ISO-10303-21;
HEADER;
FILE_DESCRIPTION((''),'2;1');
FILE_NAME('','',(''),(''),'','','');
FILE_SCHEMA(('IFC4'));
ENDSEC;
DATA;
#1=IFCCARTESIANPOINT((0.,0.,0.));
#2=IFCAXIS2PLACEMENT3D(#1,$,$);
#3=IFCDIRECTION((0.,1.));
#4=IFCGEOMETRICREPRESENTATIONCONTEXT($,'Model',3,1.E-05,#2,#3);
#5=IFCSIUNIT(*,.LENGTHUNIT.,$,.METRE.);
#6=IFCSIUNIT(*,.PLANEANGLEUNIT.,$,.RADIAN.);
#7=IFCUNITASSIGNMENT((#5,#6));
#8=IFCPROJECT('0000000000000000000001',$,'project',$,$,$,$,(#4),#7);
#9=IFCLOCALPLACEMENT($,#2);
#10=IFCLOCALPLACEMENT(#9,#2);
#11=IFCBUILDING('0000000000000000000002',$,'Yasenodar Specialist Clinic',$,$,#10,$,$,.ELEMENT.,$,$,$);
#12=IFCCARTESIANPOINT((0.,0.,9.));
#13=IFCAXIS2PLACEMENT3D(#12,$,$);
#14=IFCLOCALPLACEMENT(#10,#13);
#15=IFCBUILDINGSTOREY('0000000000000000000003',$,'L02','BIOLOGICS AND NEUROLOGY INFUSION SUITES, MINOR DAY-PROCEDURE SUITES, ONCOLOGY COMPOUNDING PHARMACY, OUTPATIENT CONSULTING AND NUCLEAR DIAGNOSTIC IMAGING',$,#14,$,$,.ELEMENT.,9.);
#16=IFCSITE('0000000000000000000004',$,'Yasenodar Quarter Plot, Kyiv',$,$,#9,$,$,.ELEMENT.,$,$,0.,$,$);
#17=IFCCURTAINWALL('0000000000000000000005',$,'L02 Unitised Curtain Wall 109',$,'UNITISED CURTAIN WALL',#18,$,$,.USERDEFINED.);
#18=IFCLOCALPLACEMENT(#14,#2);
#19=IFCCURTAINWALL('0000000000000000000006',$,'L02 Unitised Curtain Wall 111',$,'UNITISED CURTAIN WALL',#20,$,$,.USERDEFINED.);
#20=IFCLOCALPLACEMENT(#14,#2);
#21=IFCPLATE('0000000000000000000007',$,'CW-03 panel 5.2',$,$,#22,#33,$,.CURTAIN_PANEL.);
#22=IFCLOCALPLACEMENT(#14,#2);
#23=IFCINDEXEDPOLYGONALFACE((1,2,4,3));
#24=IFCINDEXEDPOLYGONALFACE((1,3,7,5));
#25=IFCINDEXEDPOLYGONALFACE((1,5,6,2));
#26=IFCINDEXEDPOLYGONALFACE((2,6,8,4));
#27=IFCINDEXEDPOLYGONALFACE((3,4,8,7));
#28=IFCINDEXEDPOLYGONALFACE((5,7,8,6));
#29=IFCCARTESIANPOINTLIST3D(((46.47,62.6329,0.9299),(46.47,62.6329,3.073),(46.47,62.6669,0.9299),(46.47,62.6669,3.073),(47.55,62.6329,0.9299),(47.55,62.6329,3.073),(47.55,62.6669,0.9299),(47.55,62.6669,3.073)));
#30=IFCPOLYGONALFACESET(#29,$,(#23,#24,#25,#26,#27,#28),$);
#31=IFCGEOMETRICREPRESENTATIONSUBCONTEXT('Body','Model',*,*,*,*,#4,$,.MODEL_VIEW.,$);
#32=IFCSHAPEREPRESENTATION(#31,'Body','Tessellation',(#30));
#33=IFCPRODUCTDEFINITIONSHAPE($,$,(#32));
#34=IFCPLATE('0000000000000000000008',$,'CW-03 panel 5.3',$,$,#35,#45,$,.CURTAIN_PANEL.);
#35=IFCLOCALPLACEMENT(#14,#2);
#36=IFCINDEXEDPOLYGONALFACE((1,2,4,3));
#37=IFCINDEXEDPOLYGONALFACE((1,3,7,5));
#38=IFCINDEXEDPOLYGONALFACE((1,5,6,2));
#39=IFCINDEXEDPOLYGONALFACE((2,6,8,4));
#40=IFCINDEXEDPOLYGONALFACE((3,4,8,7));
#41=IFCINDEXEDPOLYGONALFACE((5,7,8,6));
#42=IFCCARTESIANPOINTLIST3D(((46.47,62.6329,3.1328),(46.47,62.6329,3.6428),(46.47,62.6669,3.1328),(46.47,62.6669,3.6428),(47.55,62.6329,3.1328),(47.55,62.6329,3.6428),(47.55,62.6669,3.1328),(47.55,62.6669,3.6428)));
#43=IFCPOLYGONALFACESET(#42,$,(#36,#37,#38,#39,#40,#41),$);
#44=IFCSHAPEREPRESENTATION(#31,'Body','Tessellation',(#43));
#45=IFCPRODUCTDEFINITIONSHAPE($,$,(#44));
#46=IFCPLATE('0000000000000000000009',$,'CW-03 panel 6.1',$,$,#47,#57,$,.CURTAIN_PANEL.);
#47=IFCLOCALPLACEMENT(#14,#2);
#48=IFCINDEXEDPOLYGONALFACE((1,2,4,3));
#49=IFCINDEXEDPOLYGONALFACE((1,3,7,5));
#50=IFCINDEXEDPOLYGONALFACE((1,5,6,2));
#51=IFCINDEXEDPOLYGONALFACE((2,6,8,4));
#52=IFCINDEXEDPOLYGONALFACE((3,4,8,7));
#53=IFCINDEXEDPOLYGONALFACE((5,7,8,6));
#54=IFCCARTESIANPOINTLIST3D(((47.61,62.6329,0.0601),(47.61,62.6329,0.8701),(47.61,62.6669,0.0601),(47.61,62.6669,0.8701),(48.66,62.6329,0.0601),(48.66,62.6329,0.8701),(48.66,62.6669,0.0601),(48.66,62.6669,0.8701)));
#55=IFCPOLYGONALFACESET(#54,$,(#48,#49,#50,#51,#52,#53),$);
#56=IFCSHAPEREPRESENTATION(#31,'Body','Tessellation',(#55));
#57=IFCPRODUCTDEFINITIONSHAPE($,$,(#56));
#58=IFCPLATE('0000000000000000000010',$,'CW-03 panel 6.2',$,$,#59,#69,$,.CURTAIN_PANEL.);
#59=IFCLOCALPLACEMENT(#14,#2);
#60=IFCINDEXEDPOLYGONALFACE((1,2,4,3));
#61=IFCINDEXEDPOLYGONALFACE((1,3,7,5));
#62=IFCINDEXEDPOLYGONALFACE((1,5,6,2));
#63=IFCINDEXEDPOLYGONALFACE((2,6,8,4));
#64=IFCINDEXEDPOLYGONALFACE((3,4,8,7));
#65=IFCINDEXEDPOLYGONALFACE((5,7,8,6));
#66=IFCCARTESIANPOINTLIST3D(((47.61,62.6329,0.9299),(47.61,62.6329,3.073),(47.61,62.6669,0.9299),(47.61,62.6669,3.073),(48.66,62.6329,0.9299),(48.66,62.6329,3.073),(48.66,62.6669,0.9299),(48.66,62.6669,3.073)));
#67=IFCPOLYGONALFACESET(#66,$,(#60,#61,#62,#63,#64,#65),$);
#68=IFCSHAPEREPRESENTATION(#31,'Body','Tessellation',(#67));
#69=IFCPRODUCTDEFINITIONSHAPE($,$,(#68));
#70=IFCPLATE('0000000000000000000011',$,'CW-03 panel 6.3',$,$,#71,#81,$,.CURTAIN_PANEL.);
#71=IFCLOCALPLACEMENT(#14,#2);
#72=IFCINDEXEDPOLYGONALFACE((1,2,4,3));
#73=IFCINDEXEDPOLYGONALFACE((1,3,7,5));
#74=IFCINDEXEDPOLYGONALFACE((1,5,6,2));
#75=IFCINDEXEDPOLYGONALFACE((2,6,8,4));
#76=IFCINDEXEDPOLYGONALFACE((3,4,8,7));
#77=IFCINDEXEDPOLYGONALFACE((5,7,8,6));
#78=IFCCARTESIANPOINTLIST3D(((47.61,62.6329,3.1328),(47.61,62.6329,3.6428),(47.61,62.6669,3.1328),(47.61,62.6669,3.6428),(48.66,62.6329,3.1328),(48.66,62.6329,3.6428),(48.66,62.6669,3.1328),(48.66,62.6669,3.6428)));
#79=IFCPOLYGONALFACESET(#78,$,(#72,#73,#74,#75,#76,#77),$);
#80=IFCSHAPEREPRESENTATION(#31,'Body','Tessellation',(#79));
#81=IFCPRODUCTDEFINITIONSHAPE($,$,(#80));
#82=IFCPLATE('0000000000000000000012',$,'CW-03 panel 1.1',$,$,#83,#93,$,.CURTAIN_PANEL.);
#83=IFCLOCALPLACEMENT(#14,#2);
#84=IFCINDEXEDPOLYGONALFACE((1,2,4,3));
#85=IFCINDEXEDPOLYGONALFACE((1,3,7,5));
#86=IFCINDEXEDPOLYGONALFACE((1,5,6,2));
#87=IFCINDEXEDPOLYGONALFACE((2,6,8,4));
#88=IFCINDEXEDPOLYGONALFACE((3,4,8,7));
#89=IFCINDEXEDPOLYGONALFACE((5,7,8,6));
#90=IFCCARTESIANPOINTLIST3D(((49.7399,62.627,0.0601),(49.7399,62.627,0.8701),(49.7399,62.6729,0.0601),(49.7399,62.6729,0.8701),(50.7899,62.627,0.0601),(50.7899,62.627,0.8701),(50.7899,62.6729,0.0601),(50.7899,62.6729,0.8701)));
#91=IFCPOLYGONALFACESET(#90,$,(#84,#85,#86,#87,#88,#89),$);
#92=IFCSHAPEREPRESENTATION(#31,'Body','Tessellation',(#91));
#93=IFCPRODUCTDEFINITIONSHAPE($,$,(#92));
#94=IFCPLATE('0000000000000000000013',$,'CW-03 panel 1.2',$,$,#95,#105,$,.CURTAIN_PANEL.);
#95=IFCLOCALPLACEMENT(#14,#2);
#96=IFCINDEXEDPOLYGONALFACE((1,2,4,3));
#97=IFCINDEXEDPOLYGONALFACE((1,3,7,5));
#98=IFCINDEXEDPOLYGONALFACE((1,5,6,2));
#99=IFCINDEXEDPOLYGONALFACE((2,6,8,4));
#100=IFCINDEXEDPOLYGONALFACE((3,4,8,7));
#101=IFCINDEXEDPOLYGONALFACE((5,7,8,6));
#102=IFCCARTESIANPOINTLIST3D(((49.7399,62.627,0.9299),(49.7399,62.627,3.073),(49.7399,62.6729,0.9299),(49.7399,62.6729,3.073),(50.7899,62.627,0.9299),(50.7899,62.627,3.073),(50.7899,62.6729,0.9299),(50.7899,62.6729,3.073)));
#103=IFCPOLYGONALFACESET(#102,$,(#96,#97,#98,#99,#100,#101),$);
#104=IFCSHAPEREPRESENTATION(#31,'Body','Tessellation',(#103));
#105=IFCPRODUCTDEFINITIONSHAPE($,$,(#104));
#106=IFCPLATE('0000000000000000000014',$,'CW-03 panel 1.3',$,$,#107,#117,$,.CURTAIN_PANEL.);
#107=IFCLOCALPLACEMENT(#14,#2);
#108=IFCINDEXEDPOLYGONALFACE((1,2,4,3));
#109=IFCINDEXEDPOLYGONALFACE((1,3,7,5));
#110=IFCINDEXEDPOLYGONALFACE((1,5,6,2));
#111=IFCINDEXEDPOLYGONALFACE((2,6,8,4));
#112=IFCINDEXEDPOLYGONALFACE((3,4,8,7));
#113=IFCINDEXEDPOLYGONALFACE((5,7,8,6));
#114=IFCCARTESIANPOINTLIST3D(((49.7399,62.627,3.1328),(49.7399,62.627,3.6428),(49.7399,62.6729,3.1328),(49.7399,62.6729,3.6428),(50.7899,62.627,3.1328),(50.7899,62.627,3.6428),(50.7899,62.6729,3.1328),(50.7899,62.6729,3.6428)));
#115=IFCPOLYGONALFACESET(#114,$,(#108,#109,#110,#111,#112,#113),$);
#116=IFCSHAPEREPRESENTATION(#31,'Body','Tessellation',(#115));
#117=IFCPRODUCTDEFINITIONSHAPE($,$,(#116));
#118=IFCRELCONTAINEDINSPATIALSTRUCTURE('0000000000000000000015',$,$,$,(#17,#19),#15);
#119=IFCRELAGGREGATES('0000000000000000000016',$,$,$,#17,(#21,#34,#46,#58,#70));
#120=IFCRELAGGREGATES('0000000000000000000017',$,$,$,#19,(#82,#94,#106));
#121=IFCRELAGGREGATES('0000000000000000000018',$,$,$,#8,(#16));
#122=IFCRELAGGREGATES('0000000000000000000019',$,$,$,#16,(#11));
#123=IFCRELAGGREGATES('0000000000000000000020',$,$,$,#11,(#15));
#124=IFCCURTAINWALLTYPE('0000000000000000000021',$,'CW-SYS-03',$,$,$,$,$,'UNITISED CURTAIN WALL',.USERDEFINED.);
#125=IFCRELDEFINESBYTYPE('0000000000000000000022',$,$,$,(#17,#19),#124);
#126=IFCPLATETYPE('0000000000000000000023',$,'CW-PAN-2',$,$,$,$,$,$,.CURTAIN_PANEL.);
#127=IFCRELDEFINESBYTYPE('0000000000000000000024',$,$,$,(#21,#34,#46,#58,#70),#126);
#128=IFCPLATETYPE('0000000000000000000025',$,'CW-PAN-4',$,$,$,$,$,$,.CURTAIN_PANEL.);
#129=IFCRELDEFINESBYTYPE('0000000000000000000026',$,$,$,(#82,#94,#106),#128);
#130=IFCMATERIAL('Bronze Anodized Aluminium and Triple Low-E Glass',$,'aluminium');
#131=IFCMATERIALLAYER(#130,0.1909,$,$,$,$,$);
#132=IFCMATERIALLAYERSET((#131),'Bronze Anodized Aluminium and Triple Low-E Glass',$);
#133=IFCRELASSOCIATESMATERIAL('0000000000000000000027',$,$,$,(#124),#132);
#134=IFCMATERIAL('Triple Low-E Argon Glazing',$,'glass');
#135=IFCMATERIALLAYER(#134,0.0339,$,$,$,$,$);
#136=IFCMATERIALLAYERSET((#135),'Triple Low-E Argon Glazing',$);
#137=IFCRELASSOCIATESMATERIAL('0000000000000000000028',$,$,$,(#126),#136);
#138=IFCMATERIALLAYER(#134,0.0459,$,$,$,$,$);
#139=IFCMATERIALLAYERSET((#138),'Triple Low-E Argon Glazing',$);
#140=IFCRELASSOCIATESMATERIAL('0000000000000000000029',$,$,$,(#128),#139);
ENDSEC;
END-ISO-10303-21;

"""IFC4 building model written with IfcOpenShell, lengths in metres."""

from ifc_helpers import new_model, si_unit, direction, frame, origin, origin_2d, place, context, subcontext, project, spatial, rectangle, extrude, material, layer, layer_set, type_object, element, aggregate, save


model = new_model("IFC4")

# Units and contexts
model_context = context("Model", 3, precision=1e-05, world=origin(), true_north=direction((0.0, 1.0)))
body_context = subcontext(model_context, "Body", "Model", "MODEL_VIEW")
ifc_project = project(units=[si_unit("LENGTHUNIT", "METRE"), si_unit("PLANEANGLEUNIT", "RADIAN")], contexts=[model_context])

# Site, building, storey
site_placement = place(None, origin())
site = spatial("IfcSite", under=ifc_project, at=site_placement, Name="Yasenodar Quarter Plot, Kyiv", CompositionType="ELEMENT", RefElevation=0.0)
building_placement = place(site_placement, origin())
building = spatial("IfcBuilding", under=site, at=building_placement, Name="Yasenodar Specialist Clinic", CompositionType="ELEMENT")
storey_placement = place(building_placement, frame((0.0, 0.0, 9.0)))
storey = spatial("IfcBuildingStorey", under=building, at=storey_placement, Name="L02", Description="BIOLOGICS AND NEUROLOGY INFUSION SUITES, MINOR DAY-PROCEDURE SUITES, ONCOLOGY COMPOUNDING PHARMACY, OUTPATIENT CONSULTING AND NUCLEAR DIAGNOSTIC IMAGING", CompositionType="ELEMENT", Elevation=9.0)

# Curtain walls
ifc_material_1 = material(Name="Bronze Anodized Aluminium and Triple Low-E Glass", Category="aluminium")
ifc_layer_1 = layer(ifc_material_1, 0.1909)
ifc_layer_set_1 = layer_set([ifc_layer_1], Name="Bronze Anodized Aluminium and Triple Low-E Glass")
curtain_wall_type = type_object("IfcCurtainWallType", Name="CW-SYS-03", ElementType="UNITISED CURTAIN WALL", PredefinedType="USERDEFINED", material=ifc_layer_set_1)
curtain_wall_1_placement = place(storey_placement, origin())
curtain_wall_1 = element("IfcCurtainWall", 1, at=curtain_wall_1_placement, inside=storey, type_object=curtain_wall_type, Name="L02 Unitised Curtain Wall 109", ObjectType="UNITISED CURTAIN WALL", PredefinedType="USERDEFINED")
curtain_wall_2_placement = place(storey_placement, origin())
curtain_wall_2 = element("IfcCurtainWall", 2, at=curtain_wall_2_placement, inside=storey, type_object=curtain_wall_type, Name="L02 Unitised Curtain Wall 111", ObjectType="UNITISED CURTAIN WALL", PredefinedType="USERDEFINED")

# Plates
ifc_material_2 = material(Name="Triple Low-E Argon Glazing", Category="glass")
ifc_layer_2 = layer(ifc_material_2, 0.0339)
ifc_layer_set_2 = layer_set([ifc_layer_2], Name="Triple Low-E Argon Glazing")
plate_type_1 = type_object("IfcPlateType", Name="CW-PAN-2", PredefinedType="CURTAIN_PANEL", material=ifc_layer_set_2)
plate_1_placement = place(storey_placement, frame((47.01, 62.6499, 0.9299), z_axis=(0.0, 0.0, 1.0), x_axis=(1.0, 0.0, 0.0)))
plate_1 = element("IfcPlate", 3, at=plate_1_placement, type_object=plate_type_1, Name="CW-03 panel 5.2", PredefinedType="CURTAIN_PANEL", context=body_context, shape_type="SweptSolid", body=[
    extrude(rectangle(XDim=1.0801, YDim=0.0339, at=origin_2d()), origin(), (0.0, 0.0, 1.0), 2.1431),
])
plate_2_placement = place(storey_placement, frame((47.01, 62.6499, 3.1328), z_axis=(0.0, 0.0, 1.0), x_axis=(1.0, 0.0, 0.0)))
plate_2 = element("IfcPlate", 4, at=plate_2_placement, type_object=plate_type_1, Name="CW-03 panel 5.3", PredefinedType="CURTAIN_PANEL", context=body_context, shape_type="SweptSolid", body=[
    extrude(rectangle(XDim=1.0801, YDim=0.0339, at=origin_2d()), origin(), (0.0, 0.0, 1.0), 0.51),
])
plate_3_placement = place(storey_placement, frame((48.135, 62.6499, 0.0601), z_axis=(0.0, 0.0, 1.0), x_axis=(1.0, 0.0, 0.0)))
plate_3 = element("IfcPlate", 5, at=plate_3_placement, type_object=plate_type_1, Name="CW-03 panel 6.1", PredefinedType="CURTAIN_PANEL", context=body_context, shape_type="SweptSolid", body=[
    extrude(rectangle(XDim=1.05, YDim=0.0339, at=origin_2d()), origin(), (0.0, 0.0, 1.0), 0.8101),
])
plate_4_placement = place(storey_placement, frame((48.135, 62.6499, 0.9299), z_axis=(0.0, 0.0, 1.0), x_axis=(1.0, 0.0, 0.0)))
plate_4 = element("IfcPlate", 6, at=plate_4_placement, type_object=plate_type_1, Name="CW-03 panel 6.2", PredefinedType="CURTAIN_PANEL", context=body_context, shape_type="SweptSolid", body=[
    extrude(rectangle(XDim=1.05, YDim=0.0339, at=origin_2d()), origin(), (0.0, 0.0, 1.0), 2.1431),
])
plate_5_placement = place(storey_placement, frame((48.135, 62.6499, 3.1328), z_axis=(0.0, 0.0, 1.0), x_axis=(1.0, 0.0, 0.0)))
plate_5 = element("IfcPlate", 7, at=plate_5_placement, type_object=plate_type_1, Name="CW-03 panel 6.3", PredefinedType="CURTAIN_PANEL", context=body_context, shape_type="SweptSolid", body=[
    extrude(rectangle(XDim=1.05, YDim=0.0339, at=origin_2d()), origin(), (0.0, 0.0, 1.0), 0.51),
])
aggregate(curtain_wall_1, [plate_1, plate_2, plate_3, plate_4, plate_5])
ifc_layer_3 = layer(ifc_material_2, 0.0459)
ifc_layer_set_3 = layer_set([ifc_layer_3], Name="Triple Low-E Argon Glazing")
plate_type_2 = type_object("IfcPlateType", Name="CW-PAN-4", PredefinedType="CURTAIN_PANEL", material=ifc_layer_set_3)
plate_6_placement = place(storey_placement, frame((50.2649, 62.6499, 0.0601), z_axis=(0.0, 0.0, 1.0), x_axis=(1.0, 0.0, 0.0)))
plate_6 = element("IfcPlate", 8, at=plate_6_placement, type_object=plate_type_2, Name="CW-03 panel 1.1", PredefinedType="CURTAIN_PANEL", context=body_context, shape_type="SweptSolid", body=[
    extrude(rectangle(XDim=1.05, YDim=0.0459, at=origin_2d()), origin(), (0.0, 0.0, 1.0), 0.8101),
])
plate_7_placement = place(storey_placement, frame((50.2649, 62.6499, 0.9299), z_axis=(0.0, 0.0, 1.0), x_axis=(1.0, 0.0, 0.0)))
plate_7 = element("IfcPlate", 9, at=plate_7_placement, type_object=plate_type_2, Name="CW-03 panel 1.2", PredefinedType="CURTAIN_PANEL", context=body_context, shape_type="SweptSolid", body=[
    extrude(rectangle(XDim=1.05, YDim=0.0459, at=origin_2d()), origin(), (0.0, 0.0, 1.0), 2.1431),
])
plate_8_placement = place(storey_placement, frame((50.2649, 62.6499, 3.1328), z_axis=(0.0, 0.0, 1.0), x_axis=(1.0, 0.0, 0.0)))
plate_8 = element("IfcPlate", 10, at=plate_8_placement, type_object=plate_type_2, Name="CW-03 panel 1.3", PredefinedType="CURTAIN_PANEL", context=body_context, shape_type="SweptSolid", body=[
    extrude(rectangle(XDim=1.05, YDim=0.0459, at=origin_2d()), origin(), (0.0, 0.0, 1.0), 0.51),
])
aggregate(curtain_wall_2, [plate_6, plate_7, plate_8])

save(model, "model.ifc")
